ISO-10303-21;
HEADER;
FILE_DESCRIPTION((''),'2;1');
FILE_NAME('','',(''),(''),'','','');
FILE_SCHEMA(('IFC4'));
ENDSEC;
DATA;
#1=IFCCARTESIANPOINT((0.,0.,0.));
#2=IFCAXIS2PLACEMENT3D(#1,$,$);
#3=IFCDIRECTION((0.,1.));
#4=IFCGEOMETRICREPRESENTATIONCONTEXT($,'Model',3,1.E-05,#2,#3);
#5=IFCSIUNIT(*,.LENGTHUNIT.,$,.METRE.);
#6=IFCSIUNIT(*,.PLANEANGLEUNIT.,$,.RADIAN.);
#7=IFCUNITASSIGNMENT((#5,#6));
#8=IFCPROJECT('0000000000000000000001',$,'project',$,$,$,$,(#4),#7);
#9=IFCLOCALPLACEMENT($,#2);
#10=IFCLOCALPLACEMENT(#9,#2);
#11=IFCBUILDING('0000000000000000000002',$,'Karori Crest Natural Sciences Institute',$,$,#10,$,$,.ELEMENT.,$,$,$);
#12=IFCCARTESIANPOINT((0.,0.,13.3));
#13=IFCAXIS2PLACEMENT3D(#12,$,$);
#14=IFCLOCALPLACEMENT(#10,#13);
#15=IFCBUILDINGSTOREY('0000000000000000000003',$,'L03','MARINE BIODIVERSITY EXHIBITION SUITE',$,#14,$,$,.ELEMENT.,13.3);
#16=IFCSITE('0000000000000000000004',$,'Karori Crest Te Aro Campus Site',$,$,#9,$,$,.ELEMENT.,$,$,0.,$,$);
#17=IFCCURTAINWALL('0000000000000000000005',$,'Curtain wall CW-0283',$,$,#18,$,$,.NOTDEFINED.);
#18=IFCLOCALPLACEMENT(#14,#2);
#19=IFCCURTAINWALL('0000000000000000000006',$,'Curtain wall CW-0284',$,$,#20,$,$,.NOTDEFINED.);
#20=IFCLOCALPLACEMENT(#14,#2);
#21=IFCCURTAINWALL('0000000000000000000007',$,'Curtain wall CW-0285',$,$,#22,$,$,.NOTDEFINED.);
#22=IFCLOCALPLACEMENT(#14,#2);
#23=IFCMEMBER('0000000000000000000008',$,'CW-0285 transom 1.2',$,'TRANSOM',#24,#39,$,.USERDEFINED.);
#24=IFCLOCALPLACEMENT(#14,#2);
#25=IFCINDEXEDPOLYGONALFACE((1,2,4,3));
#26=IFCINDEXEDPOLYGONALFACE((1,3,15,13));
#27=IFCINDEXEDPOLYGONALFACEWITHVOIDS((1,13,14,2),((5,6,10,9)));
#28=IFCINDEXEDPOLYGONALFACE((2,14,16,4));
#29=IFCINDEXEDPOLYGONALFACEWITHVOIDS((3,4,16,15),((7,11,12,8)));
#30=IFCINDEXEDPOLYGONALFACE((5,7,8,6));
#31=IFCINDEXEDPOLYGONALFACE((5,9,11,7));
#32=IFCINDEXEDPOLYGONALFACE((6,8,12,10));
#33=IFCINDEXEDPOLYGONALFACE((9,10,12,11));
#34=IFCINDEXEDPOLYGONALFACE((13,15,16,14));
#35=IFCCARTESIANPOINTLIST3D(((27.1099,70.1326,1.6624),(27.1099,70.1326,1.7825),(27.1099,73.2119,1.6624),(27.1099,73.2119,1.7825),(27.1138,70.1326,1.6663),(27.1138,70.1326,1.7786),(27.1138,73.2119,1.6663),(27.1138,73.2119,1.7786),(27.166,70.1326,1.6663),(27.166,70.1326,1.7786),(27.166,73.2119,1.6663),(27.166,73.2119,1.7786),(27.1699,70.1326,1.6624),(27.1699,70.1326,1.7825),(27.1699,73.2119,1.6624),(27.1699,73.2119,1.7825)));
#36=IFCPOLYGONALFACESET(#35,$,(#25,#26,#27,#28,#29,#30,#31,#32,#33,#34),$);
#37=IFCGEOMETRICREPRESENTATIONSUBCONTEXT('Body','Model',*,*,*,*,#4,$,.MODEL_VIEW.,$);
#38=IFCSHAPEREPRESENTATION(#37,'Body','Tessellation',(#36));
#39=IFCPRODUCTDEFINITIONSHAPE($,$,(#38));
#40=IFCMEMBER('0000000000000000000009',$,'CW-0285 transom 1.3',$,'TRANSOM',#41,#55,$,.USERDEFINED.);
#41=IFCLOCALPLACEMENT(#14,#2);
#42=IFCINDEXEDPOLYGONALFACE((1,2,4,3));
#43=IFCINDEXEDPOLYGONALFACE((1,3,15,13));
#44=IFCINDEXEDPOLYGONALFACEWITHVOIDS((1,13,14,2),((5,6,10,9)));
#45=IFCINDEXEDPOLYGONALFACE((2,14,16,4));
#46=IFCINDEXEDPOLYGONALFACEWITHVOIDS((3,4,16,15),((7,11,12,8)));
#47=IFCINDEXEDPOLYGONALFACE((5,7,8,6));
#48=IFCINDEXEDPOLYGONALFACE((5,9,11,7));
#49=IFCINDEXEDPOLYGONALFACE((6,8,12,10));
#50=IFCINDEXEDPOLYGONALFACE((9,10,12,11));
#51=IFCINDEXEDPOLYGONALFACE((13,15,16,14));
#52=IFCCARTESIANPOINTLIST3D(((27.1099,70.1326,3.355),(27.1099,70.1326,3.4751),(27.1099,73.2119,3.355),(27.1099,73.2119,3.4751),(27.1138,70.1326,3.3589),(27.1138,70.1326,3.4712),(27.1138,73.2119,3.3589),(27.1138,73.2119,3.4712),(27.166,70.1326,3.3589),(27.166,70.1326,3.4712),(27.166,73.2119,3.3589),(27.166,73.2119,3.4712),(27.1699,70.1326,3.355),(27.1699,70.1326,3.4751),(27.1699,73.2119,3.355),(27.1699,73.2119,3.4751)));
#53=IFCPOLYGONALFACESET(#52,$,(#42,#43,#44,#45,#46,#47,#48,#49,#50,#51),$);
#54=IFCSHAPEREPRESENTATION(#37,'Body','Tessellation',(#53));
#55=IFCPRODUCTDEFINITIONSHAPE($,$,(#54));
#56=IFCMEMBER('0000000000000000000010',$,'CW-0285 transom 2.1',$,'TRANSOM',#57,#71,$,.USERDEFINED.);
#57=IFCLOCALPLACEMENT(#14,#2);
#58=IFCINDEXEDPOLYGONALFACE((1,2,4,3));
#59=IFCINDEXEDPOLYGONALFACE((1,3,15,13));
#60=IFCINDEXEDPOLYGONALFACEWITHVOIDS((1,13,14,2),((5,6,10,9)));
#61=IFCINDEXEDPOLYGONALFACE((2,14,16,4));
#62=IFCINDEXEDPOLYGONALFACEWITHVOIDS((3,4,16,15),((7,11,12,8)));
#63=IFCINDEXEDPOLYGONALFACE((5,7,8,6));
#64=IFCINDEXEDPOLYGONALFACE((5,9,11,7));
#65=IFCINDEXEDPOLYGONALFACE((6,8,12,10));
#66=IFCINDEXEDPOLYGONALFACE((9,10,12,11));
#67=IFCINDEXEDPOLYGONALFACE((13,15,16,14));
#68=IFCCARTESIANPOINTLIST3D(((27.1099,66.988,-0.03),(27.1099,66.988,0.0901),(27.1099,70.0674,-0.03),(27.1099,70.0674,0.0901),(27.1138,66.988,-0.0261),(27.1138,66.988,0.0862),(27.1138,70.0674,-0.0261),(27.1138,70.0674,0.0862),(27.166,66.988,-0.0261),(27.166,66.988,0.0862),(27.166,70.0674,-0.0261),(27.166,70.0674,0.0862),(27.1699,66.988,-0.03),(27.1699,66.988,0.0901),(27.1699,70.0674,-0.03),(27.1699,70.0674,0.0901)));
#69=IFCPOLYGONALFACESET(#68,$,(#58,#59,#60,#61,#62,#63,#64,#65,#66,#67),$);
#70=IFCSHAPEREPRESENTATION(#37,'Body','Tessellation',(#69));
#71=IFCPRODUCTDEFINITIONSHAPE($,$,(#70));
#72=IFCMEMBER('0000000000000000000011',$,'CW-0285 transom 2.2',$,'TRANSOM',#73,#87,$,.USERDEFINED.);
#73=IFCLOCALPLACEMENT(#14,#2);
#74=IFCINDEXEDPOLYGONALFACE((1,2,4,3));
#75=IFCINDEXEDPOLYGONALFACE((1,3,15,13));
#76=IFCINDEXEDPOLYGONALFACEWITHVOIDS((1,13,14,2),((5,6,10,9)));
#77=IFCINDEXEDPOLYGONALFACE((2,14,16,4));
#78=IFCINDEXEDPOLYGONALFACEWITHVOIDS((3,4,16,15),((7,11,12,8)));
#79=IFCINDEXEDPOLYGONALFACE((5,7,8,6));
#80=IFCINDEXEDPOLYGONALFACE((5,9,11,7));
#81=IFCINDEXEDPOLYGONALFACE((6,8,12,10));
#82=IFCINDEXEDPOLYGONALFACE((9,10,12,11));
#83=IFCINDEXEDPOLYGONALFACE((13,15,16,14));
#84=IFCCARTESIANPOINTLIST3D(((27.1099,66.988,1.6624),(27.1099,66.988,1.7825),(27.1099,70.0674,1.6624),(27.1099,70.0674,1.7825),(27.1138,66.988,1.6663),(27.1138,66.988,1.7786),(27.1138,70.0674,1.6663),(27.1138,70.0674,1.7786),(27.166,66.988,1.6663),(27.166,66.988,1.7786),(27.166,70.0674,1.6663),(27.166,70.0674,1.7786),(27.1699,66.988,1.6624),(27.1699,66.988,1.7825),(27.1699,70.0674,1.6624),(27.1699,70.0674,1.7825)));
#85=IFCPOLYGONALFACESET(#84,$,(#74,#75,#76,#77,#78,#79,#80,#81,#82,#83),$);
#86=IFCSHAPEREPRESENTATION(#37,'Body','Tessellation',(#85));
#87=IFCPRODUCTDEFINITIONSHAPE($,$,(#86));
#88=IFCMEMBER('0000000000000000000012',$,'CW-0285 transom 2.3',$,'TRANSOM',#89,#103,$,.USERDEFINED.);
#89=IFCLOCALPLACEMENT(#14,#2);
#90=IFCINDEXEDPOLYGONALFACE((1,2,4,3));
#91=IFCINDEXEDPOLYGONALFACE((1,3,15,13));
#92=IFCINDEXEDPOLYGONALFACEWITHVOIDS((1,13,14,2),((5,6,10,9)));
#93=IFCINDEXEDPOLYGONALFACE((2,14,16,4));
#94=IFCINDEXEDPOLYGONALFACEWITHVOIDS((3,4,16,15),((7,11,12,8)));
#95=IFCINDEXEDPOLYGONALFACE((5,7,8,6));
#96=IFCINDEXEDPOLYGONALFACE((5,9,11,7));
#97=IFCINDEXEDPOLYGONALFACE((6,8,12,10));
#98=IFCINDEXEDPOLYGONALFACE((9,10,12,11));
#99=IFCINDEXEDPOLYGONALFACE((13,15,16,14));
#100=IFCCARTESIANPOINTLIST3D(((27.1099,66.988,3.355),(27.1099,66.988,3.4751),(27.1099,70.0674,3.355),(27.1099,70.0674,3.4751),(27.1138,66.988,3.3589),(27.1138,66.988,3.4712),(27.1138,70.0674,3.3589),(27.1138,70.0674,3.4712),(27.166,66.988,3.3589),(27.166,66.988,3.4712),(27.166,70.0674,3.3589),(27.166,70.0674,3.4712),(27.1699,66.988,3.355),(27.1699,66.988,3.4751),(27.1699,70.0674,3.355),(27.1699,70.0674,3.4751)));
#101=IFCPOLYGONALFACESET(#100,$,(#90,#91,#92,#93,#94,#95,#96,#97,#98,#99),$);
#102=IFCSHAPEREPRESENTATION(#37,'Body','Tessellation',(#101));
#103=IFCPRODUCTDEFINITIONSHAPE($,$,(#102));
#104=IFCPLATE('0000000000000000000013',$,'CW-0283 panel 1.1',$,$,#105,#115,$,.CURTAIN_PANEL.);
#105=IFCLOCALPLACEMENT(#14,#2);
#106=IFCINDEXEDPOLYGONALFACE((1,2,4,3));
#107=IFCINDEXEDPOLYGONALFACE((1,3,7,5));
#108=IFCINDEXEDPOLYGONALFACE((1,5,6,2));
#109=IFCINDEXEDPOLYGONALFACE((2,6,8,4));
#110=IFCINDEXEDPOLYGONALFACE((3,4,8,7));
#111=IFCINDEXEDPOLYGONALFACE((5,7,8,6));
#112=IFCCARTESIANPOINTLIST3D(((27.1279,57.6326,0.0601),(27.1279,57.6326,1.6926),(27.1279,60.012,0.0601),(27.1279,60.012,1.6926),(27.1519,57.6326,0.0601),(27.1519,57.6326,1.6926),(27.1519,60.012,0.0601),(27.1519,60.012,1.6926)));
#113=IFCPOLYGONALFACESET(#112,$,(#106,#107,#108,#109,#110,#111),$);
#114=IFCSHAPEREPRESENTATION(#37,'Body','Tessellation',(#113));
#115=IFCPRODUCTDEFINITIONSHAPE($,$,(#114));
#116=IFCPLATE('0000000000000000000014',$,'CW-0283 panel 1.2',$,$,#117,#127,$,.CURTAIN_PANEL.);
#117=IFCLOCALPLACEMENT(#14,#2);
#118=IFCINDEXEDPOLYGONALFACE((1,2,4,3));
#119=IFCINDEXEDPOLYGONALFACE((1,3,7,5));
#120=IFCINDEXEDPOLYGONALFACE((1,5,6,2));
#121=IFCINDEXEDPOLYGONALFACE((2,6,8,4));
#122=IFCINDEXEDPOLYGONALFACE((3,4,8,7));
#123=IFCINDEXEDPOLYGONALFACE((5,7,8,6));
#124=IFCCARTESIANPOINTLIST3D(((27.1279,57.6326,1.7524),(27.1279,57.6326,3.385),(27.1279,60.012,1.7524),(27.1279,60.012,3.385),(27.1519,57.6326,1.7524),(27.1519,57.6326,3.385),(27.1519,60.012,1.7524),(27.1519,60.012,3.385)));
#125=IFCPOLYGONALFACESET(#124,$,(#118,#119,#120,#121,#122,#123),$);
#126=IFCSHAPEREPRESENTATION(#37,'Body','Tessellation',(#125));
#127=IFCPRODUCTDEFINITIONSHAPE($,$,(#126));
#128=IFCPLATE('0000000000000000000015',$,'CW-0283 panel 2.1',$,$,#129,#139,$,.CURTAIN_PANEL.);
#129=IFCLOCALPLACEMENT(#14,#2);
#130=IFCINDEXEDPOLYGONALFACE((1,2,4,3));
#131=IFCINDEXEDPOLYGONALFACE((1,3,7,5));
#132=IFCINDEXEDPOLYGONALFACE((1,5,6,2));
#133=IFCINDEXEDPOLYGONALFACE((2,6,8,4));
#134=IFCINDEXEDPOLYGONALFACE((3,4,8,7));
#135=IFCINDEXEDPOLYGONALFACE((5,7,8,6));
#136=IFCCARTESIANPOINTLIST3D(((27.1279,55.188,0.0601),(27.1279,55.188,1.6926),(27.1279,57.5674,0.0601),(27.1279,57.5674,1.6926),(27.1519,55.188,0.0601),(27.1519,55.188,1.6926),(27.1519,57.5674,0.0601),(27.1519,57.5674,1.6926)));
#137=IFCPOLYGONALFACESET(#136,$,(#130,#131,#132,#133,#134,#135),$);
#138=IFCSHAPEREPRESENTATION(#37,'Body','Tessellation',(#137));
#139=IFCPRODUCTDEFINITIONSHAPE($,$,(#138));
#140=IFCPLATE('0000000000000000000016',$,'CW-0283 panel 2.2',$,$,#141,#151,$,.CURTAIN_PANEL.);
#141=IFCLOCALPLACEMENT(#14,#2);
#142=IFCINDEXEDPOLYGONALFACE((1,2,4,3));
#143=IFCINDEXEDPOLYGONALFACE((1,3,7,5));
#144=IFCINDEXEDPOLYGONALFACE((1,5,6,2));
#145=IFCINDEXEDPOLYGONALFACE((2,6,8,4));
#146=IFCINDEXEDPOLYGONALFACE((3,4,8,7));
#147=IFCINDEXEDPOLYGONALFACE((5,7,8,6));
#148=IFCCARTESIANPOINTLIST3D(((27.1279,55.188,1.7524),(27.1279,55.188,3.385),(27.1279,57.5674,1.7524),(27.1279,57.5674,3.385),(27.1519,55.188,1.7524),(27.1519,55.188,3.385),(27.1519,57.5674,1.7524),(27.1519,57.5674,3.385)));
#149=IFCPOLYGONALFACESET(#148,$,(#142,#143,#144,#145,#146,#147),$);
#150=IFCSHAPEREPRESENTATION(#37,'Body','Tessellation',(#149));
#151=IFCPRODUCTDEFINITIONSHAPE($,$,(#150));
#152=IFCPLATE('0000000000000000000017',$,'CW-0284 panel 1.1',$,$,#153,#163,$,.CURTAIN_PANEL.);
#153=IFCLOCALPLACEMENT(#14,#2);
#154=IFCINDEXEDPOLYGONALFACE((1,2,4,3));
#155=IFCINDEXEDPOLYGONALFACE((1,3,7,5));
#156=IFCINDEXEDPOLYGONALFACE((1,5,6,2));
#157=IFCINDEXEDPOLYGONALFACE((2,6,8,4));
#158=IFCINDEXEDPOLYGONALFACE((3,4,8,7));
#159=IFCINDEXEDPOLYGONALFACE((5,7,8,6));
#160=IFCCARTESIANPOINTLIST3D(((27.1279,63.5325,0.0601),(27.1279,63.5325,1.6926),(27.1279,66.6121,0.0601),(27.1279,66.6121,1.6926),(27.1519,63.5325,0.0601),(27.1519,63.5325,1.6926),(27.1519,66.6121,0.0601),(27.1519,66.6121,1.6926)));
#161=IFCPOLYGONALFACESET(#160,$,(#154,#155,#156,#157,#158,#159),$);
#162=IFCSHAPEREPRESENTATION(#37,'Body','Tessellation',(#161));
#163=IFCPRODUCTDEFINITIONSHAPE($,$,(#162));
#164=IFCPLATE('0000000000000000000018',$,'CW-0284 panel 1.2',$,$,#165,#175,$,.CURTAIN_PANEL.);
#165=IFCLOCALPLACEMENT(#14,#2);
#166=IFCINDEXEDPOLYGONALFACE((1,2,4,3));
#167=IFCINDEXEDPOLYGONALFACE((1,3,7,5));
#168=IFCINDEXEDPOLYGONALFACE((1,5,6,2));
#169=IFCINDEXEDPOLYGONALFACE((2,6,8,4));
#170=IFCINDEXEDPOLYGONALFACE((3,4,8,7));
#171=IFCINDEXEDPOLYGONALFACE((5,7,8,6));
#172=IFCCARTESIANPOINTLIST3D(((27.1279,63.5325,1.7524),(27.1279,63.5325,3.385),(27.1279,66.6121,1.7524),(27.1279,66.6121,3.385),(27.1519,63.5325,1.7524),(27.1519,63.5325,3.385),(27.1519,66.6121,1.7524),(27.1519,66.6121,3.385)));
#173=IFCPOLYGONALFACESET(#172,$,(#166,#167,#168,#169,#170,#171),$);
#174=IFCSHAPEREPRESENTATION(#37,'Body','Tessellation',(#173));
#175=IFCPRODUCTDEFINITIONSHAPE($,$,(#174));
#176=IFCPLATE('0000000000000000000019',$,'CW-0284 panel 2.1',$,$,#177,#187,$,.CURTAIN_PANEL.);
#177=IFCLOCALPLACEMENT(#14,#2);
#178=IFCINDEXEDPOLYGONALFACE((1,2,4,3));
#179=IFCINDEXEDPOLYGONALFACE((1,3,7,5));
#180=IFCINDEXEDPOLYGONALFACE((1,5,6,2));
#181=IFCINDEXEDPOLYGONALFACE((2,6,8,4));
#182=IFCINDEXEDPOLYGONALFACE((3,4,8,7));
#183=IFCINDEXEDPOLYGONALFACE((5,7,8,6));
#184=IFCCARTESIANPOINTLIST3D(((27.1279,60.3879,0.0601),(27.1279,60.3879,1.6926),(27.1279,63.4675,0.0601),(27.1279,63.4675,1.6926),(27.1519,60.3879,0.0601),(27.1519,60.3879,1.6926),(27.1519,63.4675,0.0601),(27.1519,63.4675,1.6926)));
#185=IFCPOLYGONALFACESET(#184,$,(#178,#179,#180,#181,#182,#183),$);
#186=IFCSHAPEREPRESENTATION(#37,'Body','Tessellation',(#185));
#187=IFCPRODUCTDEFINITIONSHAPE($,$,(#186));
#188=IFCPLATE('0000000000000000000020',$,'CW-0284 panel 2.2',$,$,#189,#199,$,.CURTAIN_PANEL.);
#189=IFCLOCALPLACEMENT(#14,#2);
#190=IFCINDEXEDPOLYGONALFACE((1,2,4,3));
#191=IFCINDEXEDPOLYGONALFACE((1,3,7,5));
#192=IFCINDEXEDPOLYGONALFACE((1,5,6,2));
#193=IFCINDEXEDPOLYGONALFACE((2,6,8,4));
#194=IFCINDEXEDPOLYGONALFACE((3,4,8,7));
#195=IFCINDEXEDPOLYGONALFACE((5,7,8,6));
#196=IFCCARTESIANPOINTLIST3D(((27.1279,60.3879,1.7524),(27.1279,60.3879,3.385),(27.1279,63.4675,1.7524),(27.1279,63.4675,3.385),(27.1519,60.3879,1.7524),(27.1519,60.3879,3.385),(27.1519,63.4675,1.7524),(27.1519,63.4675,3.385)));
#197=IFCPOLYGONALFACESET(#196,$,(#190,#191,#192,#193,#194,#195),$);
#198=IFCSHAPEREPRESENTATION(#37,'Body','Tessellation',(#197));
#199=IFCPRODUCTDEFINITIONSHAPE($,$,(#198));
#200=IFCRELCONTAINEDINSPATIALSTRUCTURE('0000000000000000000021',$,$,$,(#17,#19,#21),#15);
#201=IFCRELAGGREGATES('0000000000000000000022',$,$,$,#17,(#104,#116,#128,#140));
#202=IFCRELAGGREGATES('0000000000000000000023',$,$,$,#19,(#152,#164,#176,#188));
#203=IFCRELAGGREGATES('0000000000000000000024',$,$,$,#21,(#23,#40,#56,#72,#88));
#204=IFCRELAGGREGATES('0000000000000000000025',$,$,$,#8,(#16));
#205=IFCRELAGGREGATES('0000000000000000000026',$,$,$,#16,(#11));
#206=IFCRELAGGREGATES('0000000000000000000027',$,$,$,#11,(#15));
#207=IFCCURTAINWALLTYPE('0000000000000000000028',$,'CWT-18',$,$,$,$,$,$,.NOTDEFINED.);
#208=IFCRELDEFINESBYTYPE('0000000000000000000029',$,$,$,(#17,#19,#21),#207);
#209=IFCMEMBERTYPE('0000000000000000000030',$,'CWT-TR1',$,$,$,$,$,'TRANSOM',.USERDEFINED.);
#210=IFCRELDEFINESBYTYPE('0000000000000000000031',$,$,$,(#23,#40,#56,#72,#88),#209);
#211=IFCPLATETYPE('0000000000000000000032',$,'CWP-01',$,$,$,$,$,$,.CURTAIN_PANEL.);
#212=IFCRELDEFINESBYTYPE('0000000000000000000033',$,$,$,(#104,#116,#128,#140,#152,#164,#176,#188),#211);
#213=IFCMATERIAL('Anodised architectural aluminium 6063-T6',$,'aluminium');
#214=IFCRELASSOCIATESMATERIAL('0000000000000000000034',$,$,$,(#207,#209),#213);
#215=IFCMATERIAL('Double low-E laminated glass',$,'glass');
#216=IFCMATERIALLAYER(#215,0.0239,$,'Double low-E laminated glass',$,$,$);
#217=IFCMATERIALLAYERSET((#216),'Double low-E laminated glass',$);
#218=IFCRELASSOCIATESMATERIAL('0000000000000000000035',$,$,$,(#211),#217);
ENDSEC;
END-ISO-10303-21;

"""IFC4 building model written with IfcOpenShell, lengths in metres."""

from ifc_helpers import new_model, si_unit, direction, frame, origin, origin_2d, place, context, subcontext, project, spatial, rectangle, hollow_rectangle, extrude, material, layer, layer_set, material_profile, profile_set, type_object, element, aggregate, save


model = new_model("IFC4")

# Units and contexts
model_context = context("Model", 3, precision=1e-05, world=origin(), true_north=direction((0.0, 1.0)))
body_context = subcontext(model_context, "Body", "Model", "MODEL_VIEW")
ifc_project = project(units=[si_unit("LENGTHUNIT", "METRE"), si_unit("PLANEANGLEUNIT", "RADIAN")], contexts=[model_context])

# Site, building, storey
site_placement = place(None, origin())
site = spatial("IfcSite", under=ifc_project, at=site_placement, Name="Karori Crest Te Aro Campus Site", CompositionType="ELEMENT", RefElevation=0.0)
building_placement = place(site_placement, origin())
building = spatial("IfcBuilding", under=site, at=building_placement, Name="Karori Crest Natural Sciences Institute", CompositionType="ELEMENT")
storey_placement = place(building_placement, frame((0.0, 0.0, 13.3)))
storey = spatial("IfcBuildingStorey", under=building, at=storey_placement, Name="L03", Description="MARINE BIODIVERSITY EXHIBITION SUITE", CompositionType="ELEMENT", Elevation=13.3)

# Curtain walls
ifc_material_1 = material(Name="Anodised architectural aluminium 6063-T6", Category="aluminium")
curtain_wall_type = type_object("IfcCurtainWallType", Name="CWT-18", PredefinedType="NOTDEFINED", material=ifc_material_1)
curtain_wall_1_placement = place(storey_placement, origin())
curtain_wall_1 = element("IfcCurtainWall", 1, at=curtain_wall_1_placement, inside=storey, type_object=curtain_wall_type, Name="Curtain wall CW-0283", PredefinedType="NOTDEFINED")
curtain_wall_2_placement = place(storey_placement, origin())
curtain_wall_2 = element("IfcCurtainWall", 2, at=curtain_wall_2_placement, inside=storey, type_object=curtain_wall_type, Name="Curtain wall CW-0284", PredefinedType="NOTDEFINED")
curtain_wall_3_placement = place(storey_placement, origin())
curtain_wall_3 = element("IfcCurtainWall", 3, at=curtain_wall_3_placement, inside=storey, type_object=curtain_wall_type, Name="Curtain wall CW-0285", PredefinedType="NOTDEFINED")

# Members
ifc_material_profile_1 = material_profile(ifc_material_1, hollow_rectangle(XDim=0.0601, YDim=0.1201, WallThickness=0.0039, at=origin_2d()), Name="CWT120x60x4")
ifc_profile_set_1 = profile_set([ifc_material_profile_1], Name="Anodised architectural aluminium 6063-T6")
member_type_1 = type_object("IfcMemberType", Name="CWT-TR1", ElementType="TRANSOM", PredefinedType="USERDEFINED", material=ifc_profile_set_1)
member_1_placement = place(storey_placement, frame((27.1399, 73.2119, 1.7224), z_axis=(0.0, -1.0, 0.0), x_axis=(1.0, 0.0, 0.0)))
member_1 = element("IfcMember", 4, at=member_1_placement, type_object=member_type_1, Name="CW-0285 transom 1.2", ObjectType="TRANSOM", PredefinedType="USERDEFINED", context=body_context, shape_type="SweptSolid", body=[
    extrude(hollow_rectangle(XDim=0.0601, YDim=0.1201, WallThickness=0.0039, at=origin_2d()), origin(), (0.0, 0.0, 1.0), 3.0793),
])
member_2_placement = place(storey_placement, frame((27.1399, 73.2119, 3.415), z_axis=(0.0, -1.0, 0.0), x_axis=(1.0, 0.0, 0.0)))
member_2 = element("IfcMember", 5, at=member_2_placement, type_object=member_type_1, Name="CW-0285 transom 1.3", ObjectType="TRANSOM", PredefinedType="USERDEFINED", context=body_context, shape_type="SweptSolid", body=[
    extrude(hollow_rectangle(XDim=0.0601, YDim=0.1201, WallThickness=0.0039, at=origin_2d()), origin(), (0.0, 0.0, 1.0), 3.0793),
])
member_3_placement = place(storey_placement, frame((27.1399, 70.0674, 0.03), z_axis=(0.0, -1.0, 0.0), x_axis=(1.0, 0.0, 0.0)))
member_3 = element("IfcMember", 6, at=member_3_placement, type_object=member_type_1, Name="CW-0285 transom 2.1", ObjectType="TRANSOM", PredefinedType="USERDEFINED", context=body_context, shape_type="SweptSolid", body=[
    extrude(hollow_rectangle(XDim=0.0601, YDim=0.1201, WallThickness=0.0039, at=origin_2d()), origin(), (0.0, 0.0, 1.0), 3.0793),
])
member_4_placement = place(storey_placement, frame((27.1399, 70.0674, 1.7224), z_axis=(0.0, -1.0, 0.0), x_axis=(1.0, 0.0, 0.0)))
member_4 = element("IfcMember", 7, at=member_4_placement, type_object=member_type_1, Name="CW-0285 transom 2.2", ObjectType="TRANSOM", PredefinedType="USERDEFINED", context=body_context, shape_type="SweptSolid", body=[
    extrude(hollow_rectangle(XDim=0.0601, YDim=0.1201, WallThickness=0.0039, at=origin_2d()), origin(), (0.0, 0.0, 1.0), 3.0793),
])
member_5_placement = place(storey_placement, frame((27.1399, 70.0674, 3.415), z_axis=(0.0, -1.0, 0.0), x_axis=(1.0, 0.0, 0.0)))
member_5 = element("IfcMember", 8, at=member_5_placement, type_object=member_type_1, Name="CW-0285 transom 2.3", ObjectType="TRANSOM", PredefinedType="USERDEFINED", context=body_context, shape_type="SweptSolid", body=[
    extrude(hollow_rectangle(XDim=0.0601, YDim=0.1201, WallThickness=0.0039, at=origin_2d()), origin(), (0.0, 0.0, 1.0), 3.0793),
])

# Plates
ifc_material_2 = material(Name="Double low-E laminated glass", Category="glass")
ifc_layer = layer(ifc_material_2, 0.0239, Name="Double low-E laminated glass")
ifc_layer_set = layer_set([ifc_layer], Name="Double low-E laminated glass")
plate_type = type_object("IfcPlateType", Name="CWP-01", PredefinedType="CURTAIN_PANEL", material=ifc_layer_set)
plate_1_placement = place(storey_placement, frame((27.1399, 58.8223, 0.0601), z_axis=(0.0, 0.0, 1.0), x_axis=(0.0, -1.0, 0.0)))
plate_1 = element("IfcPlate", 9, at=plate_1_placement, type_object=plate_type, Name="CW-0283 panel 1.1", PredefinedType="CURTAIN_PANEL", context=body_context, shape_type="SweptSolid", body=[
    extrude(rectangle(XDim=2.3794, YDim=0.0239, at=origin_2d()), origin(), (0.0, 0.0, 1.0), 1.6326),
])
plate_2_placement = place(storey_placement, frame((27.1399, 58.8223, 1.7524), z_axis=(0.0, 0.0, 1.0), x_axis=(0.0, -1.0, 0.0)))
plate_2 = element("IfcPlate", 10, at=plate_2_placement, type_object=plate_type, Name="CW-0283 panel 1.2", PredefinedType="CURTAIN_PANEL", context=body_context, shape_type="SweptSolid", body=[
    extrude(rectangle(XDim=2.3794, YDim=0.0239, at=origin_2d()), origin(), (0.0, 0.0, 1.0), 1.6326),
])
plate_3_placement = place(storey_placement, frame((27.1399, 56.3777, 0.0601), z_axis=(0.0, 0.0, 1.0), x_axis=(0.0, -1.0, 0.0)))
plate_3 = element("IfcPlate", 11, at=plate_3_placement, type_object=plate_type, Name="CW-0283 panel 2.1", PredefinedType="CURTAIN_PANEL", context=body_context, shape_type="SweptSolid", body=[
    extrude(rectangle(XDim=2.3794, YDim=0.0239, at=origin_2d()), origin(), (0.0, 0.0, 1.0), 1.6326),
])
plate_4_placement = place(storey_placement, frame((27.1399, 56.3777, 1.7524), z_axis=(0.0, 0.0, 1.0), x_axis=(0.0, -1.0, 0.0)))
plate_4 = element("IfcPlate", 12, at=plate_4_placement, type_object=plate_type, Name="CW-0283 panel 2.2", PredefinedType="CURTAIN_PANEL", context=body_context, shape_type="SweptSolid", body=[
    extrude(rectangle(XDim=2.3794, YDim=0.0239, at=origin_2d()), origin(), (0.0, 0.0, 1.0), 1.6326),
])
aggregate(curtain_wall_1, [plate_1, plate_2, plate_3, plate_4])
plate_5_placement = place(storey_placement, frame((27.1399, 65.0723, 0.0601), z_axis=(0.0, 0.0, 1.0), x_axis=(0.0, -1.0, 0.0)))
plate_5 = element("IfcPlate", 13, at=plate_5_placement, type_object=plate_type, Name="CW-0284 panel 1.1", PredefinedType="CURTAIN_PANEL", context=body_context, shape_type="SweptSolid", body=[
    extrude(rectangle(XDim=3.0796, YDim=0.0239, at=origin_2d()), origin(), (0.0, 0.0, 1.0), 1.6326),
])
plate_6_placement = place(storey_placement, frame((27.1399, 65.0723, 1.7524), z_axis=(0.0, 0.0, 1.0), x_axis=(0.0, -1.0, 0.0)))
plate_6 = element("IfcPlate", 14, at=plate_6_placement, type_object=plate_type, Name="CW-0284 panel 1.2", PredefinedType="CURTAIN_PANEL", context=body_context, shape_type="SweptSolid", body=[
    extrude(rectangle(XDim=3.0796, YDim=0.0239, at=origin_2d()), origin(), (0.0, 0.0, 1.0), 1.6326),
])
plate_7_placement = place(storey_placement, frame((27.1399, 61.9277, 0.0601), z_axis=(0.0, 0.0, 1.0), x_axis=(0.0, -1.0, 0.0)))
plate_7 = element("IfcPlate", 15, at=plate_7_placement, type_object=plate_type, Name="CW-0284 panel 2.1", PredefinedType="CURTAIN_PANEL", context=body_context, shape_type="SweptSolid", body=[
    extrude(rectangle(XDim=3.0796, YDim=0.0239, at=origin_2d()), origin(), (0.0, 0.0, 1.0), 1.6326),
])
plate_8_placement = place(storey_placement, frame((27.1399, 61.9277, 1.7524), z_axis=(0.0, 0.0, 1.0), x_axis=(0.0, -1.0, 0.0)))
plate_8 = element("IfcPlate", 16, at=plate_8_placement, type_object=plate_type, Name="CW-0284 panel 2.2", PredefinedType="CURTAIN_PANEL", context=body_context, shape_type="SweptSolid", body=[
    extrude(rectangle(XDim=3.0796, YDim=0.0239, at=origin_2d()), origin(), (0.0, 0.0, 1.0), 1.6326),
])
aggregate(curtain_wall_2, [plate_5, plate_6, plate_7, plate_8])
aggregate(curtain_wall_3, [member_1, member_2, member_3, member_4, member_5])

save(model, "model.ifc")
